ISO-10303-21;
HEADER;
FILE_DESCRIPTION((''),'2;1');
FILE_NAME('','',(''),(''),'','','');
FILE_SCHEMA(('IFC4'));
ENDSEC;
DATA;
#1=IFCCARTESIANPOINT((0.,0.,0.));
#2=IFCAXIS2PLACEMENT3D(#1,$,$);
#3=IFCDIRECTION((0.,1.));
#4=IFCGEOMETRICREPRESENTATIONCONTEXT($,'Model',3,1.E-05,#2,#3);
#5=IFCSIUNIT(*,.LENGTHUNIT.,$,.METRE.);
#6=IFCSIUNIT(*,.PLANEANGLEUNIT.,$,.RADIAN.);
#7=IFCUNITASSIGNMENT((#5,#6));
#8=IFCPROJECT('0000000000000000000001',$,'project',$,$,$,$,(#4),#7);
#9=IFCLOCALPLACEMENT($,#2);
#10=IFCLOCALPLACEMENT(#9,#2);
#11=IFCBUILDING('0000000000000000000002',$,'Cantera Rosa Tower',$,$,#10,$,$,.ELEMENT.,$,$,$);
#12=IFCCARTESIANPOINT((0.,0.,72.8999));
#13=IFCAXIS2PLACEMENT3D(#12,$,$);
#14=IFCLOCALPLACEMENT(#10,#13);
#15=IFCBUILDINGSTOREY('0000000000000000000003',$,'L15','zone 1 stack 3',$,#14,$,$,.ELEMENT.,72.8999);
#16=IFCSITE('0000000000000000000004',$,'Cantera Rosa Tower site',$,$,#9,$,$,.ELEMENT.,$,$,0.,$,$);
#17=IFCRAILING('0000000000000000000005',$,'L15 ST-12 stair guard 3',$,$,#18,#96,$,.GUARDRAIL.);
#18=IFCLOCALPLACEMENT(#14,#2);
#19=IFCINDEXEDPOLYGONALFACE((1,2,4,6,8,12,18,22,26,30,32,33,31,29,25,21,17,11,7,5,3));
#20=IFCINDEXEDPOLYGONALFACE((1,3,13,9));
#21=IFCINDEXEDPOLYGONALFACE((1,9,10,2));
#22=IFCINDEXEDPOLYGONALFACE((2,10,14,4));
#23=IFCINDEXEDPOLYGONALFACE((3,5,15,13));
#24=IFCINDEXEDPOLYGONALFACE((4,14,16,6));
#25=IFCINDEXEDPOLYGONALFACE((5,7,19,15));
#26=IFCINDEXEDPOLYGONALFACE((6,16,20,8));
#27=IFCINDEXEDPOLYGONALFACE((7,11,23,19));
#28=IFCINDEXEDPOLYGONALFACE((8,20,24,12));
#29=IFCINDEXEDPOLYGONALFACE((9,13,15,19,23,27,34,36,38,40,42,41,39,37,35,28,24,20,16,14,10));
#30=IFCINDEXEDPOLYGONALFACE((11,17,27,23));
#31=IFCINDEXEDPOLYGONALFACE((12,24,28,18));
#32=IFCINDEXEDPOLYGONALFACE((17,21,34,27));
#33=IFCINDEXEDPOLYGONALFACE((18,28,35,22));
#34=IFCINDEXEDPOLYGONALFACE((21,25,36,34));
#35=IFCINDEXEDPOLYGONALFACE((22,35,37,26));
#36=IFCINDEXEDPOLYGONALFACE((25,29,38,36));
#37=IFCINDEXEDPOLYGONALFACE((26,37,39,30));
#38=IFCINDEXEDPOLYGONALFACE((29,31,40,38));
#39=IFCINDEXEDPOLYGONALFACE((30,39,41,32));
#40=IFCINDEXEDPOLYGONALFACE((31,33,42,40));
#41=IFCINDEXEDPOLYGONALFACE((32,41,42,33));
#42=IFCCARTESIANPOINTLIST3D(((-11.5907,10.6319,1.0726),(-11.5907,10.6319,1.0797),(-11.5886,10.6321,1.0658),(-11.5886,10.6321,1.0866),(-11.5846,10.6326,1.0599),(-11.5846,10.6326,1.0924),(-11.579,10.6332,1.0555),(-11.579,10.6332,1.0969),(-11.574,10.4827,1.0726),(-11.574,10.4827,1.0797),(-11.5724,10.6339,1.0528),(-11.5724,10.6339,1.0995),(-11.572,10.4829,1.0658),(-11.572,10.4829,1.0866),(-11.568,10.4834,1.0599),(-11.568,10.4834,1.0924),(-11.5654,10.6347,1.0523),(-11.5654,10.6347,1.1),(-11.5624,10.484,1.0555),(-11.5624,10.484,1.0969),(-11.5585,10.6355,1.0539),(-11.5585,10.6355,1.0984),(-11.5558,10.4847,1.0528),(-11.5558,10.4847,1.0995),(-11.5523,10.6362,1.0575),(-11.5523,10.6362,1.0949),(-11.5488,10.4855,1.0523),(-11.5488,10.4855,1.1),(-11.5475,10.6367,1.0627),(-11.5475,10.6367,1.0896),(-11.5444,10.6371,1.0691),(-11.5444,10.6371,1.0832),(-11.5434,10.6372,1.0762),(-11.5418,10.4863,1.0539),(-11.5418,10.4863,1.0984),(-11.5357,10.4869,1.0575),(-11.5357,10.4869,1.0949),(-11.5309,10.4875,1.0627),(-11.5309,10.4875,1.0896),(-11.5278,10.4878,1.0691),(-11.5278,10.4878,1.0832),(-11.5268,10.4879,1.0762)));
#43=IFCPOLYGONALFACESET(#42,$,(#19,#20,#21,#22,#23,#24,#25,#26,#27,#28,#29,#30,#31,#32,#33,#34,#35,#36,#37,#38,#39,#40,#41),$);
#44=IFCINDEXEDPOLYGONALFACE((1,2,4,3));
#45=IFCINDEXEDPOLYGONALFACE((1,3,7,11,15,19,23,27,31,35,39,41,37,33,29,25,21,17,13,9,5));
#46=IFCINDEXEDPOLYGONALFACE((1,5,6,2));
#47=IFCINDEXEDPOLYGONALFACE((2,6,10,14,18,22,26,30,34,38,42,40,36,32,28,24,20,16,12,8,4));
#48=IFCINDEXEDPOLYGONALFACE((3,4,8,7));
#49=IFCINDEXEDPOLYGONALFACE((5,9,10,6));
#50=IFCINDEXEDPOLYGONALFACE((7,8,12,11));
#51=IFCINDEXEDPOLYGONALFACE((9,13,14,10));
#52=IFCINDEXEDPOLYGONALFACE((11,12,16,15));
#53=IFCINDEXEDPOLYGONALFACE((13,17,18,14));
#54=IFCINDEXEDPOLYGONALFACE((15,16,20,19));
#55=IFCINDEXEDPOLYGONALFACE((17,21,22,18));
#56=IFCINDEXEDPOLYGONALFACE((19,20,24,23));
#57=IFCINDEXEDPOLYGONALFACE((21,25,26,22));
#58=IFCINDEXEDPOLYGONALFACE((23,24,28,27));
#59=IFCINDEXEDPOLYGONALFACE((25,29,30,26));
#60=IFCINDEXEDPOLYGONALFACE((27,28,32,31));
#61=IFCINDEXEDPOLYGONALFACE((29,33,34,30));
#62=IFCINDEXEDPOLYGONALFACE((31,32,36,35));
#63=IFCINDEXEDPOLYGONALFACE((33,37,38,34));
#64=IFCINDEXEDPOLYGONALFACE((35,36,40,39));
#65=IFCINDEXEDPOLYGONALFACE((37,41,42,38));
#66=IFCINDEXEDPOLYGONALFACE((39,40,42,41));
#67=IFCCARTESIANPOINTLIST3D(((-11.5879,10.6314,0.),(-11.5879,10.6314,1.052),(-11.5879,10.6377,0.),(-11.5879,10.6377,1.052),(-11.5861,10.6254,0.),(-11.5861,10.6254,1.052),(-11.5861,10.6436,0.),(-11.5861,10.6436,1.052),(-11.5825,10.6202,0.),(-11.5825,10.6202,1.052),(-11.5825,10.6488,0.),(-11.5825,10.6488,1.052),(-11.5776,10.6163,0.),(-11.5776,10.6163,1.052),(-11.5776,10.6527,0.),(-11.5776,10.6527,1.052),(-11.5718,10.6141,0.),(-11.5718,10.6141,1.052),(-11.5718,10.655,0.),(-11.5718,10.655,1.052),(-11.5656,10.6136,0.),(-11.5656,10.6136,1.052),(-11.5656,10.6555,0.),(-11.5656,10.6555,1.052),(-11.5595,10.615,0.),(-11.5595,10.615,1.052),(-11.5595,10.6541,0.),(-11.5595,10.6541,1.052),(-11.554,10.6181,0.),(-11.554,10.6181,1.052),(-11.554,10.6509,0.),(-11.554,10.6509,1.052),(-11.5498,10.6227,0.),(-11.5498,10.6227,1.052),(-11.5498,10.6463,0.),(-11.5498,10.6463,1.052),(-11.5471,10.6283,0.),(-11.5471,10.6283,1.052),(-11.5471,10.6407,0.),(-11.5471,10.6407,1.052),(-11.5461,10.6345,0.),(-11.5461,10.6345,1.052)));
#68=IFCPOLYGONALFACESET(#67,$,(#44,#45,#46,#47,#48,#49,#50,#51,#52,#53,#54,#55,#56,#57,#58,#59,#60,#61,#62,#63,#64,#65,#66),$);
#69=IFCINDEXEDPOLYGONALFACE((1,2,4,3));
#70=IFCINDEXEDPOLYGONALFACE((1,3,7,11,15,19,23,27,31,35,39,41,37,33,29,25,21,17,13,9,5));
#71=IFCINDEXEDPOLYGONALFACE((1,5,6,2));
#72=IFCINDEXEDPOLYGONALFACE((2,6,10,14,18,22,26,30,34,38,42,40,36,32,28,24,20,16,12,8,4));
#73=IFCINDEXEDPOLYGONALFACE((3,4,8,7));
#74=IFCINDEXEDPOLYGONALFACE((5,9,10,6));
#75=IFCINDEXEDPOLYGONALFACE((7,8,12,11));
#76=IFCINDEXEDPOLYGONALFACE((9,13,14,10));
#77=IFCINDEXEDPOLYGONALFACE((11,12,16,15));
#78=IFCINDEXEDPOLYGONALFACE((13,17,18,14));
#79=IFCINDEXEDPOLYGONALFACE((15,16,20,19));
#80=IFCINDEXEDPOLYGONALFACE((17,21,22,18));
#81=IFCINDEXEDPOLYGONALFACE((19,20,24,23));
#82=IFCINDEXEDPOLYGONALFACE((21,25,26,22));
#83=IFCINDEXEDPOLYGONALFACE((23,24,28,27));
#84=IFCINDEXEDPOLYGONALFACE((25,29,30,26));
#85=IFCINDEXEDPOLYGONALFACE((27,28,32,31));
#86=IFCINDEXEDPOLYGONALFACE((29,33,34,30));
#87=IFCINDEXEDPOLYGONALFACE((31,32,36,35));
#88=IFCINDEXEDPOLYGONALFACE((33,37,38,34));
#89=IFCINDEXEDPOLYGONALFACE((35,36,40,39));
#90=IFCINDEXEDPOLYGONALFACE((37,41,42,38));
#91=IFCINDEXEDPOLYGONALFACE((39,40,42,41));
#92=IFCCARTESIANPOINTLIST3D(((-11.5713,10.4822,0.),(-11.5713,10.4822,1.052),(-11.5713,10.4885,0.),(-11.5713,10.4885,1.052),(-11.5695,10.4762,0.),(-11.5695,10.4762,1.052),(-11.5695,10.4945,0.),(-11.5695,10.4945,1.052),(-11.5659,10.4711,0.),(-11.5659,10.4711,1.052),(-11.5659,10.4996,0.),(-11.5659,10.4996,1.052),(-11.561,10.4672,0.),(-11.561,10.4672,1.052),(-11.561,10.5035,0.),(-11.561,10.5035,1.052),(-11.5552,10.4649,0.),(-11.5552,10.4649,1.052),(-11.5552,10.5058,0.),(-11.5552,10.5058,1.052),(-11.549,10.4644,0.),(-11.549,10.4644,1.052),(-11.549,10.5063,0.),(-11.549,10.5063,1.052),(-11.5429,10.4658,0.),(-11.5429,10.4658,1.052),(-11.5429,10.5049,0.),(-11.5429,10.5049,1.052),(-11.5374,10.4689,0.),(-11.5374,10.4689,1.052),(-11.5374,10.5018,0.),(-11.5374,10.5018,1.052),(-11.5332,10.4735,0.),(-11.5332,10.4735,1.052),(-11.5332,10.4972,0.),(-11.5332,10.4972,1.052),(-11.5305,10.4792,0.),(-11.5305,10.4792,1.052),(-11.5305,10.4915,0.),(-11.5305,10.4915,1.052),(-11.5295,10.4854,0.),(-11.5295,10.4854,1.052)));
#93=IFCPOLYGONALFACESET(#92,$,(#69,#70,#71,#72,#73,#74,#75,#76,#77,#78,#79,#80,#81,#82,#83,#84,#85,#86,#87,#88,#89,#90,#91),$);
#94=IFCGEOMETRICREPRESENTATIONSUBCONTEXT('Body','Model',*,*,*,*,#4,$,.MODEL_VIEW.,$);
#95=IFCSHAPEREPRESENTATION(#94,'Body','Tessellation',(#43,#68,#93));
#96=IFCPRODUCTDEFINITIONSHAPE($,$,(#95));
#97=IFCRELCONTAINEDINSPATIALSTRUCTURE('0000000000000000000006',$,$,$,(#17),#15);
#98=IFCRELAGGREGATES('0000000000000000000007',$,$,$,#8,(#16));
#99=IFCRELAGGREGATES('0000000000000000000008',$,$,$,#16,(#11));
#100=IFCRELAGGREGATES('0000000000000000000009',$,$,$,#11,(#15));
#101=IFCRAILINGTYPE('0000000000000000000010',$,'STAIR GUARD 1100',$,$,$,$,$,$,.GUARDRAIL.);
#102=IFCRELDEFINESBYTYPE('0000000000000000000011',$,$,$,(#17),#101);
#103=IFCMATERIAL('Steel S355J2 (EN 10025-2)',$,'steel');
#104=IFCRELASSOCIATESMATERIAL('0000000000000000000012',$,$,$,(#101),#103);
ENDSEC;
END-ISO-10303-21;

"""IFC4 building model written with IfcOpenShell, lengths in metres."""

from ifc_helpers import new_model, si_unit, direction, frame, origin, origin_2d, place, context, subcontext, project, spatial, circle, extrude, material, type_object, element, save


model = new_model("IFC4")

# Units and contexts
model_context = context("Model", 3, precision=1e-05, world=origin(), true_north=direction((0.0, 1.0)))
body_context = subcontext(model_context, "Body", "Model", "MODEL_VIEW")
ifc_project = project(units=[si_unit("LENGTHUNIT", "METRE"), si_unit("PLANEANGLEUNIT", "RADIAN")], contexts=[model_context])

# Site, building, storey
site_placement = place(None, origin())
site = spatial("IfcSite", under=ifc_project, at=site_placement, Name="Cantera Rosa Tower site", CompositionType="ELEMENT", RefElevation=0.0)
building_placement = place(site_placement, origin())
building = spatial("IfcBuilding", under=site, at=building_placement, Name="Cantera Rosa Tower", CompositionType="ELEMENT")
storey_placement = place(building_placement, frame((0.0, 0.0, 72.8999)))
storey = spatial("IfcBuildingStorey", under=building, at=storey_placement, Name="L15", Description="zone 1 stack 3", CompositionType="ELEMENT", Elevation=72.8999)

# Railing
ifc_material_1 = material(Name="Steel S355J2 (EN 10025-2)", Category="steel")
railing_type_1 = type_object("IfcRailingType", Name="STAIR GUARD 1100", PredefinedType="GUARDRAIL", material=ifc_material_1)
railing_1_placement = place(storey_placement, frame((-11.5671, 10.6345, 0.0)))
element("IfcRailing", 1, at=railing_1_placement, inside=storey, type_object=railing_type_1, Name="L15 ST-12 stair guard 3", PredefinedType="GUARDRAIL", context=body_context, shape_type="SweptSolid", body=[
    extrude(circle(Radius=0.0239, at=origin_2d()), frame((0.0, 0.0, 1.0762), z_axis=(0.11061, -0.993864, 0.0), x_axis=(0.993864, 0.11061, 0.0)), (0.0, 0.0, 1.0), 0.1501),
    extrude(circle(Radius=0.021, at=origin_2d()), origin(), (0.0, 0.0, 1.0), 1.052),
    extrude(circle(Radius=0.021, at=origin_2d()), frame((0.0166, -0.1492, 0.0)), (0.0, 0.0, 1.0), 1.052),
])

save(model, "model.ifc")
